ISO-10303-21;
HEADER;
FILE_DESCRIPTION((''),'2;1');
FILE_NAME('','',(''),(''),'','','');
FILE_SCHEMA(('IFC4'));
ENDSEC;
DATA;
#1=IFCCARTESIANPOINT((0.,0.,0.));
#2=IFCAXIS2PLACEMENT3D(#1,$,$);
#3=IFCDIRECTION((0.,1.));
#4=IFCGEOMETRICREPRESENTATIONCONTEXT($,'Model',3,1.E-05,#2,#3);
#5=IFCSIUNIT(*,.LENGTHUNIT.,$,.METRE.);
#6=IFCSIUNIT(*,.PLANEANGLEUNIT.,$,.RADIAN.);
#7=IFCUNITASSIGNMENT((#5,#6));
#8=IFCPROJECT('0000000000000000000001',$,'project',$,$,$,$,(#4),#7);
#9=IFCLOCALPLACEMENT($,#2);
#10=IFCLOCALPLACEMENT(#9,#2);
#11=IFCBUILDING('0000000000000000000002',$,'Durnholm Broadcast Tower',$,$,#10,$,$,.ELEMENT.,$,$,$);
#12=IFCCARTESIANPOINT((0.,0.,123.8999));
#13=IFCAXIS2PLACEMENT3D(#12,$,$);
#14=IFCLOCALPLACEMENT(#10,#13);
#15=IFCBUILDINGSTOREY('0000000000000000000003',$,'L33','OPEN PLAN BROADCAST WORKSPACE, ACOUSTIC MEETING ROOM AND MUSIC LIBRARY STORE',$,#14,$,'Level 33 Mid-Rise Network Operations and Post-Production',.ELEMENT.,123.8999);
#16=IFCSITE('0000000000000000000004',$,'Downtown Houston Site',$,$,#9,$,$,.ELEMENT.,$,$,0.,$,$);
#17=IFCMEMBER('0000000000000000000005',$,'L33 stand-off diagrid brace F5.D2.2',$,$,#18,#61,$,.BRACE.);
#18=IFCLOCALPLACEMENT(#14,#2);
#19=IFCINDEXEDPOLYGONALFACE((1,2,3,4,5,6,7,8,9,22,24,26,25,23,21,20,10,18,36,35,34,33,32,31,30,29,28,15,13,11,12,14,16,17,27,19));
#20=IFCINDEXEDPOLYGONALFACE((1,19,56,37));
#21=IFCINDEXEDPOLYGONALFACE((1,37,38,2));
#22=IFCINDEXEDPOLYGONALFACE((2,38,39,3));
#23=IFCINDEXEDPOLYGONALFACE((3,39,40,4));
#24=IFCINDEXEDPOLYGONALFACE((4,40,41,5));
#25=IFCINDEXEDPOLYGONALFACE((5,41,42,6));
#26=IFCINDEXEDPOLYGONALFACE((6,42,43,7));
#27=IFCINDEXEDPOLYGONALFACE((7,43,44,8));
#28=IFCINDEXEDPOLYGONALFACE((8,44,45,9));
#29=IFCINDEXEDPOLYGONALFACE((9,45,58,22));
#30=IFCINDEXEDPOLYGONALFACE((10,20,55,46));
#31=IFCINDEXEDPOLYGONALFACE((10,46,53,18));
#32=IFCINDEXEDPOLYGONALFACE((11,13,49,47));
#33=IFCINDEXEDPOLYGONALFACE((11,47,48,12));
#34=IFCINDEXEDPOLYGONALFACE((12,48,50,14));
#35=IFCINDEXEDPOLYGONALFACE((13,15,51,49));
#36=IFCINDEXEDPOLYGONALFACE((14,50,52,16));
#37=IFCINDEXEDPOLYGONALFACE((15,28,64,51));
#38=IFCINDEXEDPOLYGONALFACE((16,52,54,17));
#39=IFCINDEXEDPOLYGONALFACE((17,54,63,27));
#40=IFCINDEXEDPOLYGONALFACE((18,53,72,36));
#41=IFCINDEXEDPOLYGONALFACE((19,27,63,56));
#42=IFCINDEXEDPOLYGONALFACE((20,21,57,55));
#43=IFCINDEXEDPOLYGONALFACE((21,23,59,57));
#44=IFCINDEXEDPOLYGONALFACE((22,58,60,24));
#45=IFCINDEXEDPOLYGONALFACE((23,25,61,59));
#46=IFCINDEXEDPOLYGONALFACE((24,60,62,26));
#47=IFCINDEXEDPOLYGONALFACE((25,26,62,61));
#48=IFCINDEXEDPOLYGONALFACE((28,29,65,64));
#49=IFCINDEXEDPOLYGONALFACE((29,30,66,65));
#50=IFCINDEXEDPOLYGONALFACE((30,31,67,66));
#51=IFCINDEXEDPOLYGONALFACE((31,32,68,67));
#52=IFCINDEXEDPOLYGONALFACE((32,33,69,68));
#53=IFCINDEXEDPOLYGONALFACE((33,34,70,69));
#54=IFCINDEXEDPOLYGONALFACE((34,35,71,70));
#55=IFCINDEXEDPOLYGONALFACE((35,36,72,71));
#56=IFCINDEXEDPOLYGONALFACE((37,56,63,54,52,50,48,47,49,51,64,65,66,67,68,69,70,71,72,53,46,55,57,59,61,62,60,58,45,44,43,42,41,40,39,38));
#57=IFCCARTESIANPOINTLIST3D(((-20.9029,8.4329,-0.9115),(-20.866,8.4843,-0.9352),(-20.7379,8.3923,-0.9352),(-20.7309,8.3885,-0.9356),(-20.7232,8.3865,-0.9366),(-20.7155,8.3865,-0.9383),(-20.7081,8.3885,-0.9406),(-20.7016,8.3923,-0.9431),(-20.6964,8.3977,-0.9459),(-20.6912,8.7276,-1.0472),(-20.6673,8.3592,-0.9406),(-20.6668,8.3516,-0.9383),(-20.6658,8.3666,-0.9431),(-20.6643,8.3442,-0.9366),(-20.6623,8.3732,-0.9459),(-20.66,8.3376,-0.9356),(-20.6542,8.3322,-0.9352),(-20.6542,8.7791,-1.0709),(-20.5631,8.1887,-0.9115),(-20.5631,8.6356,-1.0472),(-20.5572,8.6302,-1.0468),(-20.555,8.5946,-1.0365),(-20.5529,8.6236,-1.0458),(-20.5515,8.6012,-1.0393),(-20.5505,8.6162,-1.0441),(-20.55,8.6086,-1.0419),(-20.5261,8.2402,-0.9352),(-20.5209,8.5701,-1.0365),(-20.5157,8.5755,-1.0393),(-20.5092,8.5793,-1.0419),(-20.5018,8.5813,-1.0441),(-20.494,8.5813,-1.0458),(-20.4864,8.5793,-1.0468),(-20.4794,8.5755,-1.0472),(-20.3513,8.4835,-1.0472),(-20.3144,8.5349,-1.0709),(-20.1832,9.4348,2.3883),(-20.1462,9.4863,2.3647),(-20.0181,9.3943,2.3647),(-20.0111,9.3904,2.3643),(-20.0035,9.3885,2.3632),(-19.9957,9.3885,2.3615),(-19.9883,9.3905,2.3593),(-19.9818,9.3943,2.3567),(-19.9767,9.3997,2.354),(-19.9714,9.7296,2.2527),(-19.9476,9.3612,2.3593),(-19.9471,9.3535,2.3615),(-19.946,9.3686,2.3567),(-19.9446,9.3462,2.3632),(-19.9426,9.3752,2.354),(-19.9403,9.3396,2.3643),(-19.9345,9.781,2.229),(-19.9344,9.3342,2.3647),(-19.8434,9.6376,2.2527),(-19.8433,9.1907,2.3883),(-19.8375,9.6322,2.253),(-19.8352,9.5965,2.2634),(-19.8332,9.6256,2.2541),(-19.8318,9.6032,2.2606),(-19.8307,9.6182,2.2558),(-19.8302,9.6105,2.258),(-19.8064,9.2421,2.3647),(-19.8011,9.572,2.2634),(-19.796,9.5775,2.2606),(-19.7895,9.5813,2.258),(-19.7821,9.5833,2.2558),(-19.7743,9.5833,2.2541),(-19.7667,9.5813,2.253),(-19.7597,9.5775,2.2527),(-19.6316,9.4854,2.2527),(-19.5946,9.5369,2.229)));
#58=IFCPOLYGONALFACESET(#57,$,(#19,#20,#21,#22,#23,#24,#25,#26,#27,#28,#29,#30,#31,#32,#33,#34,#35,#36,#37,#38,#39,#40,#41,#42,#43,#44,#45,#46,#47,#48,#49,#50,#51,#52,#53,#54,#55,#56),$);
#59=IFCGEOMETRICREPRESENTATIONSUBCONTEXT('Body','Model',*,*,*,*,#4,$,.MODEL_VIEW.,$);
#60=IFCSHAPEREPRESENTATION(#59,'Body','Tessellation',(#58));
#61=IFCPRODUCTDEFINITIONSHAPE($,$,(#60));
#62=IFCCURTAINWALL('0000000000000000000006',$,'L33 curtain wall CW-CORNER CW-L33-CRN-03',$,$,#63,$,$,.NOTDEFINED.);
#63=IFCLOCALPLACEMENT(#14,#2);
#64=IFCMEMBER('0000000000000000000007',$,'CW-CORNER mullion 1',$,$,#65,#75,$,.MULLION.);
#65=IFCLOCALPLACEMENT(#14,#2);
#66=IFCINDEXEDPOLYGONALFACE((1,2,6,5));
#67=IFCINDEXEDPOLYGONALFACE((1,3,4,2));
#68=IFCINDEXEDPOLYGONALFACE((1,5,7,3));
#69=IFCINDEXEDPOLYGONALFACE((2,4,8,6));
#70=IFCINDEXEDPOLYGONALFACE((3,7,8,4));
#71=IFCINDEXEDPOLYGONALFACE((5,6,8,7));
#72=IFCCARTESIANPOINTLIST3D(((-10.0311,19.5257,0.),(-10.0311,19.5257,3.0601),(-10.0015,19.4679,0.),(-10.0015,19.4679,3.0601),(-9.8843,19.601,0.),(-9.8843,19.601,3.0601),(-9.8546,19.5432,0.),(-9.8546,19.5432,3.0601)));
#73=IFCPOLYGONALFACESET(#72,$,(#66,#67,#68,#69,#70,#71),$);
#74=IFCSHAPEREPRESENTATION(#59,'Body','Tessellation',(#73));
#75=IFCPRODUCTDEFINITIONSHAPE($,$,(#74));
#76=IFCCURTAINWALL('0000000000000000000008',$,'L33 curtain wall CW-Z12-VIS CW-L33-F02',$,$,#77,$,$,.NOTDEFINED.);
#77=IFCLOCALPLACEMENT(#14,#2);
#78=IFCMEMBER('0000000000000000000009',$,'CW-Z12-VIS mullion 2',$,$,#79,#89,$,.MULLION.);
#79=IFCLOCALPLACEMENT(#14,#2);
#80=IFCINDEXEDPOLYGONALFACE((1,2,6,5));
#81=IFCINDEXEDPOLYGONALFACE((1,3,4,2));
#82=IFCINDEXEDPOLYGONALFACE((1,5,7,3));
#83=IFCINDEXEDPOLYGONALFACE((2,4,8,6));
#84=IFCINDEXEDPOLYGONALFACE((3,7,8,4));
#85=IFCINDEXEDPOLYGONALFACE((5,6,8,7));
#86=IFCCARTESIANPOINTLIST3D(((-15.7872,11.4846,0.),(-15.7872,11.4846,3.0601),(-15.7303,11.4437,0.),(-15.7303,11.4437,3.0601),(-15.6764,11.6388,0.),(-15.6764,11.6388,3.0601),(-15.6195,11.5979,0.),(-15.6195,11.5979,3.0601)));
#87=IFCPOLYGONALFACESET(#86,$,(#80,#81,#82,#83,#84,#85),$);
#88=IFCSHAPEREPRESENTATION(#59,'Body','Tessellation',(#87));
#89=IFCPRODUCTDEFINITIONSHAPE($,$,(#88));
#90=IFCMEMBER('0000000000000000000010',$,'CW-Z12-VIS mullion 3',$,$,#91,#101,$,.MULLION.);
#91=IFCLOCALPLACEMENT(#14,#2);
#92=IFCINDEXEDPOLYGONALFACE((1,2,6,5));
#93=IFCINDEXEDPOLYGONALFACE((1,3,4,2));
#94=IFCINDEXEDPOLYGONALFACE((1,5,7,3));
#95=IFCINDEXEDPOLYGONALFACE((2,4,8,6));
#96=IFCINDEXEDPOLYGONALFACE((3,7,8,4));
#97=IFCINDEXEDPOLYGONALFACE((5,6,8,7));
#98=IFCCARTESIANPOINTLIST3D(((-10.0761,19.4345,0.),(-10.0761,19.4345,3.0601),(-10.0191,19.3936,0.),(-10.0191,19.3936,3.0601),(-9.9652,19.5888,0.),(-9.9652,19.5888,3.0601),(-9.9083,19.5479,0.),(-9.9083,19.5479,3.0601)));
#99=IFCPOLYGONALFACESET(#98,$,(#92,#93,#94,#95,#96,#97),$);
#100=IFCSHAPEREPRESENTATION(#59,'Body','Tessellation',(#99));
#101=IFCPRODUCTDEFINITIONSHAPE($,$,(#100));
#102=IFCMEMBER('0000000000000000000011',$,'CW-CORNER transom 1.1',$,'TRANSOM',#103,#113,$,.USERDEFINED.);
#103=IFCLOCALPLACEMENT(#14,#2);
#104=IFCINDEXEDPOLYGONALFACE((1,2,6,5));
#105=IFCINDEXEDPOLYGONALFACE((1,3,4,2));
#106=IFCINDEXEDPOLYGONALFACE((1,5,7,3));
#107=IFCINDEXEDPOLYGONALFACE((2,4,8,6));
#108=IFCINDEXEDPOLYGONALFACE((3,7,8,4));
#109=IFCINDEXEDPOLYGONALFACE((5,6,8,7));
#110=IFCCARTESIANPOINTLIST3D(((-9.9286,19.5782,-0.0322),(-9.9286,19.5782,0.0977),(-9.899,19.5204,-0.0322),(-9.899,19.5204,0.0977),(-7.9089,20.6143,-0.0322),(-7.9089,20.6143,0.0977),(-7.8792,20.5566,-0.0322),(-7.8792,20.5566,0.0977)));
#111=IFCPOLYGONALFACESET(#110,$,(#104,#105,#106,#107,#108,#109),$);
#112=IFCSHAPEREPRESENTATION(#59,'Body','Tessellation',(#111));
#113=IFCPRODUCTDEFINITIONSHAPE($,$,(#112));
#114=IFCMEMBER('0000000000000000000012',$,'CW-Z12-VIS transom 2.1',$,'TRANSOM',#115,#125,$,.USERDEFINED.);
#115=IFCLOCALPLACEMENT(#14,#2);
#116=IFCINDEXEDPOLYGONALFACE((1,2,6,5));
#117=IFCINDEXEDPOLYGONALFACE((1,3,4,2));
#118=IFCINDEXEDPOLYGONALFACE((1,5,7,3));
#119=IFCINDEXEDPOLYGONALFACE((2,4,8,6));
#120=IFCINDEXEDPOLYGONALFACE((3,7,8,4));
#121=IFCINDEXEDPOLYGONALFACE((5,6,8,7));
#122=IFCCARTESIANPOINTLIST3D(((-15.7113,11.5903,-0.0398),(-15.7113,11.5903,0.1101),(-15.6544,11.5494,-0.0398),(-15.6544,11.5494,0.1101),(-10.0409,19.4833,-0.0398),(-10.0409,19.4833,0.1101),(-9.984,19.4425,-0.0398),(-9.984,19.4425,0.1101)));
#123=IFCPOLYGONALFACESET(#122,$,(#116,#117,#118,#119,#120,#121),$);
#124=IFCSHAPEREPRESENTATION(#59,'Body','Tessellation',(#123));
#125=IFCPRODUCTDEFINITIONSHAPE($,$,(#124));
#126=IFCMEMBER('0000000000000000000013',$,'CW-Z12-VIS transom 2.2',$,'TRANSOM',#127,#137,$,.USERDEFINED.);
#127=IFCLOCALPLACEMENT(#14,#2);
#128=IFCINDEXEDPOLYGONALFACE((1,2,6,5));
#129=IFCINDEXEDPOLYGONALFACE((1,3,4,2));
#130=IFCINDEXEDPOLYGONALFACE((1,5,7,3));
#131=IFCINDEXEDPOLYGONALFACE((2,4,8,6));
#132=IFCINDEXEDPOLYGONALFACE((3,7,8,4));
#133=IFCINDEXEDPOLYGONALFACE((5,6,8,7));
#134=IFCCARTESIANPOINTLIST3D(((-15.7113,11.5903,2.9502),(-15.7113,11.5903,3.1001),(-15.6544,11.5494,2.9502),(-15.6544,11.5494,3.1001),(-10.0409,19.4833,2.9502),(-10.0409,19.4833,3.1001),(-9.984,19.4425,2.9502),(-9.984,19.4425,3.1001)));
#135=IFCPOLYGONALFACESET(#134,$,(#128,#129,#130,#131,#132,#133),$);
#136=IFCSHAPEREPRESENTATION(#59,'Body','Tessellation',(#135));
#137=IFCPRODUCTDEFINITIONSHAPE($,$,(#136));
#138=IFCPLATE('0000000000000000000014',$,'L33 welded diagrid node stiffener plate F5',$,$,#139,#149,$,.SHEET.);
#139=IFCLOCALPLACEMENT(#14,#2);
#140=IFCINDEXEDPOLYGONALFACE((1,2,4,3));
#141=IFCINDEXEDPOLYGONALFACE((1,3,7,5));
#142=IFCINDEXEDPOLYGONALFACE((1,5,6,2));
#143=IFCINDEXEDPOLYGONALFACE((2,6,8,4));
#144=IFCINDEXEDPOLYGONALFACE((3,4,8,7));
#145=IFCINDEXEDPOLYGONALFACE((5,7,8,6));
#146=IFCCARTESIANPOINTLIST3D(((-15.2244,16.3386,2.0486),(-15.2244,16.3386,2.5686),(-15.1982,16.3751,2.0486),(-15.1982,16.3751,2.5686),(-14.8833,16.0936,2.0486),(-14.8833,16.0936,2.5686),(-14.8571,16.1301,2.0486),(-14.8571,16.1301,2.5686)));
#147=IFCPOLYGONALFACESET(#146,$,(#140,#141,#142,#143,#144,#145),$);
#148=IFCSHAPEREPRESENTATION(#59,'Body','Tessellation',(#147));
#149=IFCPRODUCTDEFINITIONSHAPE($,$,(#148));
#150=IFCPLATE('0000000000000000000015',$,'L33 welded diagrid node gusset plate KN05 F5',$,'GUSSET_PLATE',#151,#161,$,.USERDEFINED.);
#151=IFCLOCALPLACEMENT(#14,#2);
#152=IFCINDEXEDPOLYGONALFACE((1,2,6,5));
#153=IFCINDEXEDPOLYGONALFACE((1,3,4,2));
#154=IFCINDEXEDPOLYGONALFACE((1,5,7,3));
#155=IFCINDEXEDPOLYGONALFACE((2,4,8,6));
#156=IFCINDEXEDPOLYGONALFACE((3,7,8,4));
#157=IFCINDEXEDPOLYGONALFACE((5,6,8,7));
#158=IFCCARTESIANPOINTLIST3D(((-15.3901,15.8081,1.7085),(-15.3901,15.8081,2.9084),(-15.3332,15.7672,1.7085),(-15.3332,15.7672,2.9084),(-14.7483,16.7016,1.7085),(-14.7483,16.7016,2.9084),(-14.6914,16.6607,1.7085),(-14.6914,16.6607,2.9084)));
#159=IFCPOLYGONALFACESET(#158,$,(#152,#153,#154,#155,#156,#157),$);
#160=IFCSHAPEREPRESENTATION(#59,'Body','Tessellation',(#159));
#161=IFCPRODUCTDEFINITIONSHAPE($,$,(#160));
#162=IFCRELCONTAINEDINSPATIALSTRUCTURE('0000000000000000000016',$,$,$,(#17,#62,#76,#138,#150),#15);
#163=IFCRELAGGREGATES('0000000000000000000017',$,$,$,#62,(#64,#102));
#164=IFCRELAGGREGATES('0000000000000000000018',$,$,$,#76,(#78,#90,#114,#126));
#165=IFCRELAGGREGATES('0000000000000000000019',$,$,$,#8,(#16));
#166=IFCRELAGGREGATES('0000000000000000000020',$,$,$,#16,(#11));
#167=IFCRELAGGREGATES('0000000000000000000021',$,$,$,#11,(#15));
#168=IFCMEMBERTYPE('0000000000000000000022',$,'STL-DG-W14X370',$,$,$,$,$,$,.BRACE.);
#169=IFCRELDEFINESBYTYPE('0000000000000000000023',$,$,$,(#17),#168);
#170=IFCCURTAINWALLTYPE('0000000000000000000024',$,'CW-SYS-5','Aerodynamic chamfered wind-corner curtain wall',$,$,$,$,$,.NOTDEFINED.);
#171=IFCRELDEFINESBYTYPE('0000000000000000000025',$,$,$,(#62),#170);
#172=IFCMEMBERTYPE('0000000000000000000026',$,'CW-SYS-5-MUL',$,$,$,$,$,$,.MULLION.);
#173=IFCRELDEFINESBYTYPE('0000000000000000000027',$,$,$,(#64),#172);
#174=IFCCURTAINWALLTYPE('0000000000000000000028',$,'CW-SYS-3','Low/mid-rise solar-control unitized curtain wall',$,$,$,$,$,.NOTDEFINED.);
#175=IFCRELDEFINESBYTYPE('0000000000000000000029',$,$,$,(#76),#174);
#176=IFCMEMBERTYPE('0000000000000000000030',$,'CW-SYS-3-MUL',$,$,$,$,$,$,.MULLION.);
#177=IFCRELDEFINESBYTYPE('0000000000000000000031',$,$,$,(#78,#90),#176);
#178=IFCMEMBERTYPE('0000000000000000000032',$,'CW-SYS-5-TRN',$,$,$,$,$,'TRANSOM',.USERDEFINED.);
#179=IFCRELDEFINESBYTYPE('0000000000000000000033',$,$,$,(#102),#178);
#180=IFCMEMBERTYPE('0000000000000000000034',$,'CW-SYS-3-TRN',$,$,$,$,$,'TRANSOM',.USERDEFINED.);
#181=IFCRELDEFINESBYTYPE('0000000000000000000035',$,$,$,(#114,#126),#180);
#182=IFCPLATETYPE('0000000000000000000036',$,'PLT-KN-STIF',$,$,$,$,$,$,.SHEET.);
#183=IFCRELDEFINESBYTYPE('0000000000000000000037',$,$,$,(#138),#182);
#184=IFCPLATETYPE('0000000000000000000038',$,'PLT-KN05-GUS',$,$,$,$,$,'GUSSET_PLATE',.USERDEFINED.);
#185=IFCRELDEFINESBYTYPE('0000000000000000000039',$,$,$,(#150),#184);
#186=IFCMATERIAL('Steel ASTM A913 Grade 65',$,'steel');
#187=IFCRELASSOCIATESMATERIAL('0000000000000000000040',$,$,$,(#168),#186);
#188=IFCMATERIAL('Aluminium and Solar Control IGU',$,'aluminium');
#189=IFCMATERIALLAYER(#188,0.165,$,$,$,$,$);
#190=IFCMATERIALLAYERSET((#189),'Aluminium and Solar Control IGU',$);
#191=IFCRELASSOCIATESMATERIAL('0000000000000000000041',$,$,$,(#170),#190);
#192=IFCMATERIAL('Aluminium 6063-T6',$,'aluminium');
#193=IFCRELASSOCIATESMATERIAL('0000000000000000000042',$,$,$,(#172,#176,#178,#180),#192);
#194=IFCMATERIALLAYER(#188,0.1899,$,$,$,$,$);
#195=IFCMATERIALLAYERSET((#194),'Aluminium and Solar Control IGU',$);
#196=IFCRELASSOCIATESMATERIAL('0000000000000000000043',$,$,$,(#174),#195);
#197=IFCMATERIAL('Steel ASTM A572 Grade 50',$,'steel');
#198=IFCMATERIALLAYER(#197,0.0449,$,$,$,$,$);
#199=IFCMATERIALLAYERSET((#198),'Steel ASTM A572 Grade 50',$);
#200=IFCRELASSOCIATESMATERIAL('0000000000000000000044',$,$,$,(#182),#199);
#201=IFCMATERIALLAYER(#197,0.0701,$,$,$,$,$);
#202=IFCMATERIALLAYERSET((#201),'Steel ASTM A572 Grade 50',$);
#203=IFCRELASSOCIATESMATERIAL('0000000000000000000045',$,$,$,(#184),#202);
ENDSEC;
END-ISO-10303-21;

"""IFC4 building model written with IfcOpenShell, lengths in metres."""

from ifc_helpers import new_model, si_unit, direction, frame, origin, origin_2d, place, context, subcontext, project, spatial, rectangle, i_section, extrude, source, transform, mapped, material, layer, layer_set, material_profile, profile_set, type_object, type_shapes, element, aggregate, save


model = new_model("IFC4")

# Units and contexts
model_context = context("Model", 3, precision=1e-05, world=origin(), true_north=direction((0.0, 1.0)))
body_context = subcontext(model_context, "Body", "Model", "MODEL_VIEW")
ifc_project = project(units=[si_unit("LENGTHUNIT", "METRE"), si_unit("PLANEANGLEUNIT", "RADIAN")], contexts=[model_context])

# Site, building, storey
site_placement = place(None, origin())
site = spatial("IfcSite", under=ifc_project, at=site_placement, Name="Downtown Houston Site", CompositionType="ELEMENT", RefElevation=0.0)
building_placement = place(site_placement, origin())
building = spatial("IfcBuilding", under=site, at=building_placement, Name="Durnholm Broadcast Tower", CompositionType="ELEMENT")
storey_placement = place(building_placement, frame((0.0, 0.0, 123.8999)))
storey = spatial("IfcBuildingStorey", under=building, at=storey_placement, Name="L33", Description="OPEN PLAN BROADCAST WORKSPACE, ACOUSTIC MEETING ROOM AND MUSIC LIBRARY STORE", LongName="Level 33 Mid-Rise Network Operations and Post-Production", CompositionType="ELEMENT", Elevation=123.8999)

# Member
ifc_material_1 = material(Name="Steel ASTM A913 Grade 65", Category="steel")
ifc_material_profile_1 = material_profile(ifc_material_1, i_section(OverallWidth=0.4185, OverallDepth=0.4551, WebThickness=0.042, FlangeThickness=0.0676, FilletRadius=0.0305, at=origin_2d()), Name="W14X370")
ifc_profile_set_1 = profile_set([ifc_material_profile_1], Name="Steel ASTM A913 Grade 65")
member_type_1 = type_object("IfcMemberType", Name="STL-DG-W14X370", PredefinedType="BRACE", material=ifc_profile_set_1)
shared_shape_1 = source(origin(), body_context, "Body", "SweptSolid", [
    extrude(i_section(OverallWidth=0.4185, OverallDepth=0.4551, WebThickness=0.042, FlangeThickness=0.0676, FilletRadius=0.0305, at=origin_2d()), origin(), (0.0, 0.0, 1.0), 3.5229),
])
type_shapes(member_type_1, [shared_shape_1])
for number, where, z_axis, x_axis, name in (
    (1, (-20.6086, 8.4839, -0.9912), (0.204301, 0.284414, 0.93668), (-0.812179, 0.583408, 0.0), "L33 stand-off diagrid brace F5.D2.2"),
):
    element("IfcMember", number, at=place(storey_placement, frame(where, z_axis=z_axis, x_axis=x_axis)), inside=storey, type_object=member_type_1, Name=name, PredefinedType="BRACE", context=body_context, shape_type="MappedRepresentation", body=[
        mapped(shared_shape_1, transform((0.0, 0.0, 0.0), x_axis=(1.0, 0.0, 0.0), y_axis=(0.0, 1.0, 0.0), z_axis=(0.0, 0.0, 1.0), scale=1.0)),
    ])

# Curtain wall, member
ifc_material_2 = material(Name="Aluminium and Solar Control IGU", Category="aluminium")
ifc_layer_1 = layer(ifc_material_2, 0.165)
ifc_layer_set_1 = layer_set([ifc_layer_1], Name="Aluminium and Solar Control IGU")
curtain_wall_type_1 = type_object("IfcCurtainWallType", Name="CW-SYS-5", Description="Aerodynamic chamfered wind-corner curtain wall", PredefinedType="NOTDEFINED", material=ifc_layer_set_1)
curtain_wall_1_placement = place(storey_placement, origin())
curtain_wall_1 = element("IfcCurtainWall", 2, at=curtain_wall_1_placement, inside=storey, type_object=curtain_wall_type_1, Name="L33 curtain wall CW-CORNER CW-L33-CRN-03", PredefinedType="NOTDEFINED")
ifc_material_3 = material(Name="Aluminium 6063-T6", Category="aluminium")
ifc_material_profile_2 = material_profile(ifc_material_3, rectangle(XDim=0.0649, YDim=0.165, at=origin_2d()), Name="CWM65X165")
ifc_profile_set_2 = profile_set([ifc_material_profile_2], Name="Aluminium 6063-T6")
member_type_2 = type_object("IfcMemberType", Name="CW-SYS-5-MUL", PredefinedType="MULLION", material=ifc_profile_set_2)
shared_shape_2 = source(origin(), body_context, "Body", "SweptSolid", [
    extrude(rectangle(XDim=0.0649, YDim=0.165, at=origin_2d()), origin(), (0.0, 0.0, 1.0), 3.0601),
])
type_shapes(member_type_2, [shared_shape_2])
member_1_placement = place(storey_placement, frame((-9.9429, 19.5344, 0.0), z_axis=(0.0, 0.0, 1.0), x_axis=(-0.456373, 0.889788, 0.0)))
member_1 = element("IfcMember", 3, at=member_1_placement, type_object=member_type_2, Name="CW-CORNER mullion 1", PredefinedType="MULLION", context=body_context, shape_type="MappedRepresentation", body=[
    mapped(shared_shape_2, transform((0.0, 0.0, 0.0), x_axis=(1.0, 0.0, 0.0), y_axis=(0.0, 1.0, 0.0), z_axis=(0.0, 0.0, 1.0), scale=1.0)),
])

# Curtain wall, members
ifc_layer_2 = layer(ifc_material_2, 0.1899)
ifc_layer_set_2 = layer_set([ifc_layer_2], Name="Aluminium and Solar Control IGU")
curtain_wall_type_2 = type_object("IfcCurtainWallType", Name="CW-SYS-3", Description="Low/mid-rise solar-control unitized curtain wall", PredefinedType="NOTDEFINED", material=ifc_layer_set_2)
curtain_wall_2_placement = place(storey_placement, origin())
curtain_wall_2 = element("IfcCurtainWall", 4, at=curtain_wall_2_placement, inside=storey, type_object=curtain_wall_type_2, Name="L33 curtain wall CW-Z12-VIS CW-L33-F02", PredefinedType="NOTDEFINED")
ifc_material_profile_3 = material_profile(ifc_material_3, rectangle(XDim=0.0701, YDim=0.1899, at=origin_2d()), Name="CWM70X190")
ifc_profile_set_3 = profile_set([ifc_material_profile_3], Name="Aluminium 6063-T6")
member_type_3 = type_object("IfcMemberType", Name="CW-SYS-3-MUL", PredefinedType="MULLION", material=ifc_profile_set_3)
shared_shape_3 = source(origin(), body_context, "Body", "SweptSolid", [
    extrude(rectangle(XDim=0.0701, YDim=0.1899, at=origin_2d()), origin(), (0.0, 0.0, 1.0), 3.0601),
])
type_shapes(member_type_3, [shared_shape_3])
member_2_placement = place(storey_placement, frame((-15.7034, 11.5413, 0.0), z_axis=(0.0, 0.0, 1.0), x_axis=(-0.812152, 0.583445, 0.0)))
member_2 = element("IfcMember", 5, at=member_2_placement, type_object=member_type_3, Name="CW-Z12-VIS mullion 2", PredefinedType="MULLION", context=body_context, shape_type="MappedRepresentation", body=[
    mapped(shared_shape_3, transform((0.0, 0.0, 0.0), x_axis=(1.0, 0.0, 0.0), y_axis=(0.0, 1.0, 0.0), z_axis=(0.0, 0.0, 1.0), scale=1.0)),
])
member_3_placement = place(storey_placement, frame((-9.9922, 19.4912, 0.0), z_axis=(0.0, 0.0, 1.0), x_axis=(-0.812152, 0.583445, 0.0)))
member_3 = element("IfcMember", 6, at=member_3_placement, type_object=member_type_3, Name="CW-Z12-VIS mullion 3", PredefinedType="MULLION", context=body_context, shape_type="MappedRepresentation", body=[
    mapped(shared_shape_3, transform((0.0, 0.0, 0.0), x_axis=(1.0, 0.0, 0.0), y_axis=(0.0, 1.0, 0.0), z_axis=(0.0, 0.0, 1.0), scale=1.0)),
])

# Members
ifc_material_profile_4 = material_profile(ifc_material_3, rectangle(XDim=0.0649, YDim=0.1299, at=origin_2d()), Name="CWT65X130")
ifc_profile_set_4 = profile_set([ifc_material_profile_4], Name="Aluminium 6063-T6")
member_type_4 = type_object("IfcMemberType", Name="CW-SYS-5-TRN", ElementType="TRANSOM", PredefinedType="USERDEFINED", material=ifc_profile_set_4)
shared_shape_4 = source(origin(), body_context, "Body", "SweptSolid", [
    extrude(rectangle(XDim=0.0649, YDim=0.1299, at=origin_2d()), origin(), (0.0, 0.0, 1.0), 2.27),
])
type_shapes(member_type_4, [shared_shape_4])
member_4_placement = place(storey_placement, frame((-9.9138, 19.5493, 0.0327), z_axis=(0.889755, 0.456439, 0.0), x_axis=(-0.456439, 0.889755, 0.0)))
member_4 = element("IfcMember", 7, at=member_4_placement, type_object=member_type_4, Name="CW-CORNER transom 1.1", ObjectType="TRANSOM", PredefinedType="USERDEFINED", context=body_context, shape_type="MappedRepresentation", body=[
    mapped(shared_shape_4, transform((0.0, 0.0, 0.0), x_axis=(1.0, 0.0, 0.0), y_axis=(0.0, 1.0, 0.0), z_axis=(0.0, 0.0, 1.0), scale=1.0)),
])
aggregate(curtain_wall_1, [member_1, member_4])
ifc_material_profile_5 = material_profile(ifc_material_3, rectangle(XDim=0.0701, YDim=0.1499, at=origin_2d()), Name="CWT70X150")
ifc_profile_set_5 = profile_set([ifc_material_profile_5], Name="Aluminium 6063-T6")
member_type_5 = type_object("IfcMemberType", Name="CW-SYS-3-TRN", ElementType="TRANSOM", PredefinedType="USERDEFINED", material=ifc_profile_set_5)
shared_shape_5 = source(origin(), body_context, "Body", "SweptSolid", [
    extrude(rectangle(XDim=0.0701, YDim=0.1499, at=origin_2d()), origin(), (0.0, 0.0, 1.0), 9.7188),
])
type_shapes(member_type_5, [shared_shape_5])
member_5_placement = place(storey_placement, frame((-15.6829, 11.5698, 0.0352), z_axis=(0.583451, 0.812149, 0.0), x_axis=(-0.812149, 0.583451, 0.0)))
member_5 = element("IfcMember", 8, at=member_5_placement, type_object=member_type_5, Name="CW-Z12-VIS transom 2.1", ObjectType="TRANSOM", PredefinedType="USERDEFINED", context=body_context, shape_type="MappedRepresentation", body=[
    mapped(shared_shape_5, transform((0.0, 0.0, 0.0), x_axis=(1.0, 0.0, 0.0), y_axis=(0.0, 1.0, 0.0), z_axis=(0.0, 0.0, 1.0), scale=1.0)),
])
member_6_placement = place(storey_placement, frame((-15.6829, 11.5698, 3.0251), z_axis=(0.583451, 0.812149, 0.0), x_axis=(-0.812149, 0.583451, 0.0)))
member_6 = element("IfcMember", 9, at=member_6_placement, type_object=member_type_5, Name="CW-Z12-VIS transom 2.2", ObjectType="TRANSOM", PredefinedType="USERDEFINED", context=body_context, shape_type="MappedRepresentation", body=[
    mapped(shared_shape_5, transform((0.0, 0.0, 0.0), x_axis=(1.0, 0.0, 0.0), y_axis=(0.0, 1.0, 0.0), z_axis=(0.0, 0.0, 1.0), scale=1.0)),
])

# Plates
ifc_material_4 = material(Name="Steel ASTM A572 Grade 50", Category="steel")
ifc_layer_3 = layer(ifc_material_4, 0.0449)
ifc_layer_set_3 = layer_set([ifc_layer_3], Name="Steel ASTM A572 Grade 50")
plate_type_1 = type_object("IfcPlateType", Name="PLT-KN-STIF", PredefinedType="SHEET", material=ifc_layer_set_3)
shared_shape_6 = source(origin(), body_context, "Body", "SweptSolid", [
    extrude(rectangle(XDim=0.0449, YDim=0.4199, at=origin_2d()), origin(), (0.0, 0.0, 1.0), 0.52),
])
type_shapes(plate_type_1, [shared_shape_6])
plate_1_placement = place(storey_placement, frame((-15.0408, 16.2344, 2.0486), z_axis=(0.0, 0.0, 1.0), x_axis=(-0.583399, -0.812185, 0.0)))
element("IfcPlate", 10, at=plate_1_placement, inside=storey, type_object=plate_type_1, Name="L33 welded diagrid node stiffener plate F5", PredefinedType="SHEET", context=body_context, shape_type="MappedRepresentation", body=[
    mapped(shared_shape_6, transform((0.0, 0.0, 0.0), x_axis=(1.0, 0.0, 0.0), y_axis=(0.0, 1.0, 0.0), z_axis=(0.0, 0.0, 1.0), scale=1.0)),
])
ifc_layer_4 = layer(ifc_material_4, 0.0701)
ifc_layer_set_4 = layer_set([ifc_layer_4], Name="Steel ASTM A572 Grade 50")
plate_type_2 = type_object("IfcPlateType", Name="PLT-KN05-GUS", ElementType="GUSSET_PLATE", PredefinedType="USERDEFINED", material=ifc_layer_set_4)
shared_shape_7 = source(origin(), body_context, "Body", "SweptSolid", [
    extrude(rectangle(XDim=1.1001, YDim=0.0701, at=origin_2d()), origin(), (0.0, 0.0, 1.0), 1.2),
])
type_shapes(plate_type_2, [shared_shape_7])
for number, where, z_axis, x_axis, name in (
    (11, (-15.0408, 16.2344, 1.7085), (0.0, 0.0, 1.0), (-0.583399, -0.812185, 0.0), "L33 welded diagrid node gusset plate KN05 F5"),
):
    element("IfcPlate", number, at=place(storey_placement, frame(where, z_axis=z_axis, x_axis=x_axis)), inside=storey, type_object=plate_type_2, Name=name, ObjectType="GUSSET_PLATE", PredefinedType="USERDEFINED", context=body_context, shape_type="MappedRepresentation", body=[
        mapped(shared_shape_7, transform((0.0, 0.0, 0.0), x_axis=(1.0, 0.0, 0.0), y_axis=(0.0, 1.0, 0.0), z_axis=(0.0, 0.0, 1.0), scale=1.0)),
    ])

aggregate(curtain_wall_2, [member_2, member_3, member_5, member_6])

save(model, "model.ifc")
